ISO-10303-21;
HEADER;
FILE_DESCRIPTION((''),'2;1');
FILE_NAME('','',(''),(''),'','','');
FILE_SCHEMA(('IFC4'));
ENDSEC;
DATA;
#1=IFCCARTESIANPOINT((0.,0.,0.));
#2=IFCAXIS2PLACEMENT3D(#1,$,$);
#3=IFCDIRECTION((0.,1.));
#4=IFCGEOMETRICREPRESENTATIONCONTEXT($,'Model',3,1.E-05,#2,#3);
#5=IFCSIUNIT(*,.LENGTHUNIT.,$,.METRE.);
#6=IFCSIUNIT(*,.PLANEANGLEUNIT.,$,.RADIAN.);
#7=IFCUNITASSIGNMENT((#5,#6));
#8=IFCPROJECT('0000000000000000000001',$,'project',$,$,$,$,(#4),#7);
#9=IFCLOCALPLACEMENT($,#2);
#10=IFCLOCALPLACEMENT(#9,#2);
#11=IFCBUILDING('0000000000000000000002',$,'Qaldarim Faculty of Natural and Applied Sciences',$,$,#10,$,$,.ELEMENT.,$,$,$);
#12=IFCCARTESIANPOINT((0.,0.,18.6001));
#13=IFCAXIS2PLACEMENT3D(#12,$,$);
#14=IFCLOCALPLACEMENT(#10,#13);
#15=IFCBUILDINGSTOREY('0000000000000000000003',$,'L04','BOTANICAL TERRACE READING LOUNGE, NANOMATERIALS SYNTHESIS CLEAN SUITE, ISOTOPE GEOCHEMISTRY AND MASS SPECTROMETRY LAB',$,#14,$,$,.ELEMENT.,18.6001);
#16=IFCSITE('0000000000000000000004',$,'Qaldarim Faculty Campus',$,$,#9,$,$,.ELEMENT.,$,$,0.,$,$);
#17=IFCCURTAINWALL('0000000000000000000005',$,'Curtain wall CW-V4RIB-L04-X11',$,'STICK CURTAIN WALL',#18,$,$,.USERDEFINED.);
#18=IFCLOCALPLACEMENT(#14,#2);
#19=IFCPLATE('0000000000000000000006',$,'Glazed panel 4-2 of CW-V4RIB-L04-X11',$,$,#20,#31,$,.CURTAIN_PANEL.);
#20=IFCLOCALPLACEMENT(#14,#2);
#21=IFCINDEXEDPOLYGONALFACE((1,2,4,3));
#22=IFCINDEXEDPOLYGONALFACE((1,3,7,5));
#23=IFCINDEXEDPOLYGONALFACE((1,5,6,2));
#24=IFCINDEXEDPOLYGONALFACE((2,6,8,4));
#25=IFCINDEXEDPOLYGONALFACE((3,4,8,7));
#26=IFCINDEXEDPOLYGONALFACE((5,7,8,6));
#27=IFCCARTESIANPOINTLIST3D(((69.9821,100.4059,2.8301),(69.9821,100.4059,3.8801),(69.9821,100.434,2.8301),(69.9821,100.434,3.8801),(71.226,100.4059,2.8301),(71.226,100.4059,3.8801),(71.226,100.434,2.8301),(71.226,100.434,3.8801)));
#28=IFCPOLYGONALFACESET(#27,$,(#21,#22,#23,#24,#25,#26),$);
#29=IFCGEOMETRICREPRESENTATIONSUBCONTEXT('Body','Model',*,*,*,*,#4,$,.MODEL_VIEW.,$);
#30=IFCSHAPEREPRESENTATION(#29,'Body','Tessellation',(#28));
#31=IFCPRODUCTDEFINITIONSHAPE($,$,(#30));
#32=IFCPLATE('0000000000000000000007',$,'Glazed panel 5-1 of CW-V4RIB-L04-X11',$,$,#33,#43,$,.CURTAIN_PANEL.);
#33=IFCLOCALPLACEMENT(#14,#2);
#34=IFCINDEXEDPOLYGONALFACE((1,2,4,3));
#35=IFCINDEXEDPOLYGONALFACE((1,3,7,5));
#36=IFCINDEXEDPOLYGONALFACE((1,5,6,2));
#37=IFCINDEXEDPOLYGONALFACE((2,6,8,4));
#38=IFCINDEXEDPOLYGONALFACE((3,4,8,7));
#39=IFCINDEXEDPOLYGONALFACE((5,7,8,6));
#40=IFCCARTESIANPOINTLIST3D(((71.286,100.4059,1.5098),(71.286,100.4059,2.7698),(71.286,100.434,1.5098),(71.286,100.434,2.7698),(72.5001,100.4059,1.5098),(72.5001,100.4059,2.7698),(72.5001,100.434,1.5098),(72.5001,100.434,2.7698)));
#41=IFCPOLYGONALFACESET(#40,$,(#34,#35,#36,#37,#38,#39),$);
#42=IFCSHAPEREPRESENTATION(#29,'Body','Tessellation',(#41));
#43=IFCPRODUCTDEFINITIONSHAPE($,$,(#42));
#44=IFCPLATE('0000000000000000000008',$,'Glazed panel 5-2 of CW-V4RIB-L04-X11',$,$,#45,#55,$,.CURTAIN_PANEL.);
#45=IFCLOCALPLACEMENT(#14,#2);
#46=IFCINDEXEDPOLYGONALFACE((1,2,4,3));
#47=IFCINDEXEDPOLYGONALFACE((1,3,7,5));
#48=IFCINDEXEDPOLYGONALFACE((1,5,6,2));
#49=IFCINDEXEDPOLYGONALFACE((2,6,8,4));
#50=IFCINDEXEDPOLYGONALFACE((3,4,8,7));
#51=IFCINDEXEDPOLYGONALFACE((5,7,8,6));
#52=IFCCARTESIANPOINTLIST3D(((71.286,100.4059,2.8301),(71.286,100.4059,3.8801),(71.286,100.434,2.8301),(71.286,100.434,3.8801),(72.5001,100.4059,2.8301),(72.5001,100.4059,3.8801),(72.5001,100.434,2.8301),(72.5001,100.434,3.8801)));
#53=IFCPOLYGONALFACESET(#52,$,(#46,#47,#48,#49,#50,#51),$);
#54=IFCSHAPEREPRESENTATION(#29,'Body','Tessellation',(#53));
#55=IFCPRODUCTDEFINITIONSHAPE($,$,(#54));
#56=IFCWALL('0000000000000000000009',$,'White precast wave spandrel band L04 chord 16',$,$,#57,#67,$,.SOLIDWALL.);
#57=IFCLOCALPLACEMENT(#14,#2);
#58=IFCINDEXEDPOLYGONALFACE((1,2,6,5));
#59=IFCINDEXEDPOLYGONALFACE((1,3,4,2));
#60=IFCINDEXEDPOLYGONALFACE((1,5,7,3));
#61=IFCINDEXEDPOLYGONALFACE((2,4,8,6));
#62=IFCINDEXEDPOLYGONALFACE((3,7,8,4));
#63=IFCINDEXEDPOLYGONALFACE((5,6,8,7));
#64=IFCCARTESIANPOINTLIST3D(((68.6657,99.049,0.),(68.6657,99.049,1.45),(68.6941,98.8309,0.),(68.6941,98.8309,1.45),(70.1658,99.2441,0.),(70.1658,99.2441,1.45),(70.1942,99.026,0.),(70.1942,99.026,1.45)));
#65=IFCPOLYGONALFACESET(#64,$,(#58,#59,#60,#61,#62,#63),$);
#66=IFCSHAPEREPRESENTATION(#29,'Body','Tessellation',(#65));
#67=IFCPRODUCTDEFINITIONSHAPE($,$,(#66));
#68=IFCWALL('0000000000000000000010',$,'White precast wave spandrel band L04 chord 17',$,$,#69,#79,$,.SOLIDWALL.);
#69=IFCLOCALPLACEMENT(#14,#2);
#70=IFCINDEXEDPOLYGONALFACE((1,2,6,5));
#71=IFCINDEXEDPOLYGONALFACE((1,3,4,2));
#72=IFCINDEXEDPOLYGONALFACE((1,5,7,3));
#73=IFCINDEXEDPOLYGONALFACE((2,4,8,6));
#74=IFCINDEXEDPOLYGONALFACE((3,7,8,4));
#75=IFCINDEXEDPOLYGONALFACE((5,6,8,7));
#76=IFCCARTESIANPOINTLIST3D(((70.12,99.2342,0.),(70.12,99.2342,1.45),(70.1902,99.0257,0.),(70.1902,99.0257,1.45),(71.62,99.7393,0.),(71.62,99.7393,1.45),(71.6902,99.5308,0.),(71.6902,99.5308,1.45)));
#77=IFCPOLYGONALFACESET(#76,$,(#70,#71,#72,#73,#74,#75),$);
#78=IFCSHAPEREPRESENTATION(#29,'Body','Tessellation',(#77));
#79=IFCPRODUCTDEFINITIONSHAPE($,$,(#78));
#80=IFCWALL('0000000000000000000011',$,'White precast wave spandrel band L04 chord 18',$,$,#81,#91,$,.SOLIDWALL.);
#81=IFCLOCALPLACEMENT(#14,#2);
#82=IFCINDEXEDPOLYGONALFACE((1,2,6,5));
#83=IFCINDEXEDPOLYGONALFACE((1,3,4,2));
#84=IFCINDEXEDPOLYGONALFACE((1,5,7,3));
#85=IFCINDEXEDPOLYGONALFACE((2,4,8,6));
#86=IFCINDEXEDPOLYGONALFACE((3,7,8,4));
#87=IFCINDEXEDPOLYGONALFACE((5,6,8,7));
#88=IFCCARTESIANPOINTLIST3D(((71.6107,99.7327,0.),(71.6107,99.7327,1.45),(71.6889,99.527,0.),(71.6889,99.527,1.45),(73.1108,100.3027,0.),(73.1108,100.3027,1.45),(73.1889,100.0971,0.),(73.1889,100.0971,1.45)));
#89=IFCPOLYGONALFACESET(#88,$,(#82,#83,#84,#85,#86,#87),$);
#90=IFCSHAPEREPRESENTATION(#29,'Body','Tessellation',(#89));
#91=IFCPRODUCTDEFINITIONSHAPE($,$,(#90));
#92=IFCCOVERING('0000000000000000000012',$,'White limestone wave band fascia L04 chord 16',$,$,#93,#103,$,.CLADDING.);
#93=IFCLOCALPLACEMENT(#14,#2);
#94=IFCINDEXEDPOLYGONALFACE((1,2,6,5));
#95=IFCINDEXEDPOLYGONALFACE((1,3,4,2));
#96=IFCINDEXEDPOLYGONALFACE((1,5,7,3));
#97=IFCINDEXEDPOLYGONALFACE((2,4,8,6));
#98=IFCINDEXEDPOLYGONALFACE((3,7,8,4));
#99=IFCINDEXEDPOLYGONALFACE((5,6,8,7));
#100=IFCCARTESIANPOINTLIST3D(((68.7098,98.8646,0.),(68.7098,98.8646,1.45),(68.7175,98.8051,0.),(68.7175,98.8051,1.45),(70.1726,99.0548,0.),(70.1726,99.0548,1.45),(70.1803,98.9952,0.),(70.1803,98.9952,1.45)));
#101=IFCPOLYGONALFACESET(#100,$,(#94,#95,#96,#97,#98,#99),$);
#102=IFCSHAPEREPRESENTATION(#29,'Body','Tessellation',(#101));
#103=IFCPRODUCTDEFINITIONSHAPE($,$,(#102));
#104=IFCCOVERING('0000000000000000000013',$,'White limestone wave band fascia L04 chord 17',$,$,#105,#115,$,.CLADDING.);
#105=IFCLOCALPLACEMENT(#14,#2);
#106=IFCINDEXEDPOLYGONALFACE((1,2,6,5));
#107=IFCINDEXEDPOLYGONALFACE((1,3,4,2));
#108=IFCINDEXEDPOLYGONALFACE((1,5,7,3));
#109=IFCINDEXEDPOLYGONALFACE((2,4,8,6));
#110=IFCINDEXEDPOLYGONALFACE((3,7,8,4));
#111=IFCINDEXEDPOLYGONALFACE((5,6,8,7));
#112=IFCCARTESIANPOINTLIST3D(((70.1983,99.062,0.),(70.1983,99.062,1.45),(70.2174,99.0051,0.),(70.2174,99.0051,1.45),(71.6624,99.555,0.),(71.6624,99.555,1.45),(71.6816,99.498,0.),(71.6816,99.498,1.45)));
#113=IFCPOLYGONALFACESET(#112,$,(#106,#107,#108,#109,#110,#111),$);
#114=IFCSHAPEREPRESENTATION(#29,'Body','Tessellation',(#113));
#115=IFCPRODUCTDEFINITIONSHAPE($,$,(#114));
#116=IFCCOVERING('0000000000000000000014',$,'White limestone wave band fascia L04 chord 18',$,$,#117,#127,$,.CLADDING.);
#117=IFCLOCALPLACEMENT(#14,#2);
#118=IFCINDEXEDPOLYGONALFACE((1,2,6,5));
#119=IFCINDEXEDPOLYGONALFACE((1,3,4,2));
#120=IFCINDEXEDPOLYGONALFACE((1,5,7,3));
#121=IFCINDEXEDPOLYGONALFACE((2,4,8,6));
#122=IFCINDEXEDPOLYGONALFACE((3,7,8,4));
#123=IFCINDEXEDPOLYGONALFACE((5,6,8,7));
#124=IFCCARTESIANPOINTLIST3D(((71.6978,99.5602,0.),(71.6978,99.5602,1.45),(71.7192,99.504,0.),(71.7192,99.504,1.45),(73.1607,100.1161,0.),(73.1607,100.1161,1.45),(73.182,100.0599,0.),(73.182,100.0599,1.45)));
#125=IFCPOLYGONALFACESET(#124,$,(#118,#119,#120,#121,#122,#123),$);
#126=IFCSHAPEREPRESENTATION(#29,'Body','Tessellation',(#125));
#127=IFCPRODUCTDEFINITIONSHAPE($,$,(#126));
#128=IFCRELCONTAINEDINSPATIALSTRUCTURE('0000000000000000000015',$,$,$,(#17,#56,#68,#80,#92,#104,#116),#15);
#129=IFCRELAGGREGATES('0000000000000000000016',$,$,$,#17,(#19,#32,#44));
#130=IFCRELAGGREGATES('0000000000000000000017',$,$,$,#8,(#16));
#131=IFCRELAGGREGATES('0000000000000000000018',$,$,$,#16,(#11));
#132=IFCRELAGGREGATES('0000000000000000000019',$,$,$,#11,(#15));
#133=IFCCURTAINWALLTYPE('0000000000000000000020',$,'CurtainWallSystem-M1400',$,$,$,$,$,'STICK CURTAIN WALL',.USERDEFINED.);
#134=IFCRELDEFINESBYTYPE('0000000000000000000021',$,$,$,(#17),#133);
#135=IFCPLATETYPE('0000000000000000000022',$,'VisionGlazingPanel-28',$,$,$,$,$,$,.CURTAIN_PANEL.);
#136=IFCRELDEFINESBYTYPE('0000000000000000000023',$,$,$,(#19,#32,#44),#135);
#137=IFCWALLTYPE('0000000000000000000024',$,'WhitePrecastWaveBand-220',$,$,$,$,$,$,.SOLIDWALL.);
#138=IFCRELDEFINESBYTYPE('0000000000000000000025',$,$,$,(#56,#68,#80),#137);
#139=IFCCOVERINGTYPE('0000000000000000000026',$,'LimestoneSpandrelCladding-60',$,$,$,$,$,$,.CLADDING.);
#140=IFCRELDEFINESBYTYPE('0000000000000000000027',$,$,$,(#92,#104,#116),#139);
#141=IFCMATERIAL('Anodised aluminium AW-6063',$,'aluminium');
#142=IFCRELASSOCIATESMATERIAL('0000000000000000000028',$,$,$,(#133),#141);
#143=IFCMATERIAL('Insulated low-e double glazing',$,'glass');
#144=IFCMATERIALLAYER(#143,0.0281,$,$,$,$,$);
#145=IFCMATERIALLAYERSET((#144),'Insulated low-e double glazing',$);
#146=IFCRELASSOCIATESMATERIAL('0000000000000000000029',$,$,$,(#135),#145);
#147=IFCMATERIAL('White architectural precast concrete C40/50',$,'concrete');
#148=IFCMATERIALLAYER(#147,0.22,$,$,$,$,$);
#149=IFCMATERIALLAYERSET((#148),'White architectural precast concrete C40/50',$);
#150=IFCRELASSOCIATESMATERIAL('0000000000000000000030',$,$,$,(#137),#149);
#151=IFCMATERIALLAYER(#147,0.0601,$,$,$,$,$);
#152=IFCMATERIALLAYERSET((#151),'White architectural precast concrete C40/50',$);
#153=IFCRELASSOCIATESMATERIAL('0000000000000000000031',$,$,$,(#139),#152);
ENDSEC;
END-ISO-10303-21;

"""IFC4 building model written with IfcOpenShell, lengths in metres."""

from ifc_helpers import new_model, si_unit, direction, frame, frame_2d, origin, origin_2d, place, context, subcontext, project, spatial, rectangle, extrude, material, layer, layer_set, type_object, element, aggregate, save


model = new_model("IFC4")

# Units and contexts
model_context = context("Model", 3, precision=1e-05, world=origin(), true_north=direction((0.0, 1.0)))
body_context = subcontext(model_context, "Body", "Model", "MODEL_VIEW")
ifc_project = project(units=[si_unit("LENGTHUNIT", "METRE"), si_unit("PLANEANGLEUNIT", "RADIAN")], contexts=[model_context])

# Site, building, storey
site_placement = place(None, origin())
site = spatial("IfcSite", under=ifc_project, at=site_placement, Name="Qaldarim Faculty Campus", CompositionType="ELEMENT", RefElevation=0.0)
building_placement = place(site_placement, origin())
building = spatial("IfcBuilding", under=site, at=building_placement, Name="Qaldarim Faculty of Natural and Applied Sciences", CompositionType="ELEMENT")
storey_placement = place(building_placement, frame((0.0, 0.0, 18.6001)))
storey = spatial("IfcBuildingStorey", under=building, at=storey_placement, Name="L04", Description="BOTANICAL TERRACE READING LOUNGE, NANOMATERIALS SYNTHESIS CLEAN SUITE, ISOTOPE GEOCHEMISTRY AND MASS SPECTROMETRY LAB", CompositionType="ELEMENT", Elevation=18.6001)

# Curtain wall
ifc_material_1 = material(Name="Anodised aluminium AW-6063", Category="aluminium")
curtain_wall_type = type_object("IfcCurtainWallType", Name="CurtainWallSystem-M1400", ElementType="STICK CURTAIN WALL", PredefinedType="USERDEFINED", material=ifc_material_1)
curtain_wall_1_placement = place(storey_placement, origin())
curtain_wall_1 = element("IfcCurtainWall", 1, at=curtain_wall_1_placement, inside=storey, type_object=curtain_wall_type, Name="Curtain wall CW-V4RIB-L04-X11", ObjectType="STICK CURTAIN WALL", PredefinedType="USERDEFINED")

# Plates
ifc_material_2 = material(Name="Insulated low-e double glazing", Category="glass")
ifc_layer_1 = layer(ifc_material_2, 0.0281)
ifc_layer_set_1 = layer_set([ifc_layer_1], Name="Insulated low-e double glazing")
plate_type = type_object("IfcPlateType", Name="VisionGlazingPanel-28", PredefinedType="CURTAIN_PANEL", material=ifc_layer_set_1)
plate_1_placement = place(storey_placement, frame((70.604, 100.4199, 2.8301), z_axis=(0.0, 0.0, 1.0), x_axis=(1.0, 0.0, 0.0)))
plate_1 = element("IfcPlate", 2, at=plate_1_placement, type_object=plate_type, Name="Glazed panel 4-2 of CW-V4RIB-L04-X11", PredefinedType="CURTAIN_PANEL", context=body_context, shape_type="SweptSolid", body=[
    extrude(rectangle(XDim=1.2439, YDim=0.0281, at=origin_2d()), origin(), (0.0, 0.0, 1.0), 1.05),
])
plate_2_placement = place(storey_placement, frame((71.8931, 100.4199, 1.5098), z_axis=(0.0, 0.0, 1.0), x_axis=(1.0, 0.0, 0.0)))
plate_2 = element("IfcPlate", 3, at=plate_2_placement, type_object=plate_type, Name="Glazed panel 5-1 of CW-V4RIB-L04-X11", PredefinedType="CURTAIN_PANEL", context=body_context, shape_type="SweptSolid", body=[
    extrude(rectangle(XDim=1.2141, YDim=0.0281, at=origin_2d()), origin(), (0.0, 0.0, 1.0), 1.26),
])
plate_3_placement = place(storey_placement, frame((71.8931, 100.4199, 2.8301), z_axis=(0.0, 0.0, 1.0), x_axis=(1.0, 0.0, 0.0)))
plate_3 = element("IfcPlate", 4, at=plate_3_placement, type_object=plate_type, Name="Glazed panel 5-2 of CW-V4RIB-L04-X11", PredefinedType="CURTAIN_PANEL", context=body_context, shape_type="SweptSolid", body=[
    extrude(rectangle(XDim=1.2141, YDim=0.0281, at=origin_2d()), origin(), (0.0, 0.0, 1.0), 1.05),
])
aggregate(curtain_wall_1, [plate_1, plate_2, plate_3])

# Walls
ifc_material_3 = material(Name="White architectural precast concrete C40/50", Category="concrete")
ifc_layer_2 = layer(ifc_material_3, 0.22)
ifc_layer_set_2 = layer_set([ifc_layer_2], Name="White architectural precast concrete C40/50")
wall_type = type_object("IfcWallType", Name="WhitePrecastWaveBand-220", PredefinedType="SOLIDWALL", material=ifc_layer_set_2)
wall_1_placement = place(storey_placement, frame((68.6799, 98.9399, 0.0), z_axis=(0.0, 0.0, 1.0), x_axis=(0.99165, 0.12896, 0.0)))
element("IfcWall", 5, at=wall_1_placement, inside=storey, type_object=wall_type, Name="White precast wave spandrel band L04 chord 16", PredefinedType="SOLIDWALL", context=body_context, shape_type="SweptSolid", body=[
    extrude(rectangle(XDim=1.5127, YDim=0.22, at=frame_2d((0.7563, 0.0))), origin(), (0.0, 0.0, 1.0), 1.45),
])
wall_2_placement = place(storey_placement, frame((70.155, 99.1299, 0.0), z_axis=(0.0, 0.0, 1.0), x_axis=(0.947707, 0.319142, 0.0)))
element("IfcWall", 6, at=wall_2_placement, inside=storey, type_object=wall_type, Name="White precast wave spandrel band L04 chord 17", PredefinedType="SOLIDWALL", context=body_context, shape_type="SweptSolid", body=[
    extrude(rectangle(XDim=1.5828, YDim=0.22, at=frame_2d((0.7915, 0.0))), origin(), (0.0, 0.0, 1.0), 1.45),
])
wall_3_placement = place(storey_placement, frame((71.6499, 99.6299, 0.0), z_axis=(0.0, 0.0, 1.0), x_axis=(0.934769, 0.355255, 0.0)))
element("IfcWall", 7, at=wall_3_placement, inside=storey, type_object=wall_type, Name="White precast wave spandrel band L04 chord 18", PredefinedType="SOLIDWALL", context=body_context, shape_type="SweptSolid", body=[
    extrude(rectangle(XDim=1.6047, YDim=0.22, at=frame_2d((0.8022, 0.0))), origin(), (0.0, 0.0, 1.0), 1.45),
])

# Coverings
ifc_layer_3 = layer(ifc_material_3, 0.0601)
ifc_layer_set_3 = layer_set([ifc_layer_3], Name="White architectural precast concrete C40/50")
covering_type = type_object("IfcCoveringType", Name="LimestoneSpandrelCladding-60", PredefinedType="CLADDING", material=ifc_layer_set_3)
covering_1_placement = place(storey_placement, frame((69.4451, 98.9299, 0.0), z_axis=(0.0, 0.0, 1.0), x_axis=(0.991655, 0.128917, 0.0)))
element("IfcCovering", 8, at=covering_1_placement, inside=storey, type_object=covering_type, Name="White limestone wave band fascia L04 chord 16", PredefinedType="CLADDING", context=body_context, shape_type="SweptSolid", body=[
    extrude(rectangle(XDim=1.4751, YDim=0.0601, at=origin_2d()), origin(), (0.0, 0.0, 1.0), 1.45),
])
covering_2_placement = place(storey_placement, frame((70.9399, 99.28, 0.0), z_axis=(0.0, 0.0, 1.0), x_axis=(0.947729, 0.319075, 0.0)))
element("IfcCovering", 9, at=covering_2_placement, inside=storey, type_object=covering_type, Name="White limestone wave band fascia L04 chord 17", PredefinedType="CLADDING", context=body_context, shape_type="SweptSolid", body=[
    extrude(rectangle(XDim=1.5449, YDim=0.0601, at=origin_2d()), origin(), (0.0, 0.0, 1.0), 1.45),
])
covering_3_placement = place(storey_placement, frame((72.4399, 99.8101, 0.0), z_axis=(0.0, 0.0, 1.0), x_axis=(0.934782, 0.355221, 0.0)))
element("IfcCovering", 10, at=covering_3_placement, inside=storey, type_object=covering_type, Name="White limestone wave band fascia L04 chord 18", PredefinedType="CLADDING", context=body_context, shape_type="SweptSolid", body=[
    extrude(rectangle(XDim=1.5649, YDim=0.0601, at=origin_2d()), origin(), (0.0, 0.0, 1.0), 1.45),
])

save(model, "model.ifc")
